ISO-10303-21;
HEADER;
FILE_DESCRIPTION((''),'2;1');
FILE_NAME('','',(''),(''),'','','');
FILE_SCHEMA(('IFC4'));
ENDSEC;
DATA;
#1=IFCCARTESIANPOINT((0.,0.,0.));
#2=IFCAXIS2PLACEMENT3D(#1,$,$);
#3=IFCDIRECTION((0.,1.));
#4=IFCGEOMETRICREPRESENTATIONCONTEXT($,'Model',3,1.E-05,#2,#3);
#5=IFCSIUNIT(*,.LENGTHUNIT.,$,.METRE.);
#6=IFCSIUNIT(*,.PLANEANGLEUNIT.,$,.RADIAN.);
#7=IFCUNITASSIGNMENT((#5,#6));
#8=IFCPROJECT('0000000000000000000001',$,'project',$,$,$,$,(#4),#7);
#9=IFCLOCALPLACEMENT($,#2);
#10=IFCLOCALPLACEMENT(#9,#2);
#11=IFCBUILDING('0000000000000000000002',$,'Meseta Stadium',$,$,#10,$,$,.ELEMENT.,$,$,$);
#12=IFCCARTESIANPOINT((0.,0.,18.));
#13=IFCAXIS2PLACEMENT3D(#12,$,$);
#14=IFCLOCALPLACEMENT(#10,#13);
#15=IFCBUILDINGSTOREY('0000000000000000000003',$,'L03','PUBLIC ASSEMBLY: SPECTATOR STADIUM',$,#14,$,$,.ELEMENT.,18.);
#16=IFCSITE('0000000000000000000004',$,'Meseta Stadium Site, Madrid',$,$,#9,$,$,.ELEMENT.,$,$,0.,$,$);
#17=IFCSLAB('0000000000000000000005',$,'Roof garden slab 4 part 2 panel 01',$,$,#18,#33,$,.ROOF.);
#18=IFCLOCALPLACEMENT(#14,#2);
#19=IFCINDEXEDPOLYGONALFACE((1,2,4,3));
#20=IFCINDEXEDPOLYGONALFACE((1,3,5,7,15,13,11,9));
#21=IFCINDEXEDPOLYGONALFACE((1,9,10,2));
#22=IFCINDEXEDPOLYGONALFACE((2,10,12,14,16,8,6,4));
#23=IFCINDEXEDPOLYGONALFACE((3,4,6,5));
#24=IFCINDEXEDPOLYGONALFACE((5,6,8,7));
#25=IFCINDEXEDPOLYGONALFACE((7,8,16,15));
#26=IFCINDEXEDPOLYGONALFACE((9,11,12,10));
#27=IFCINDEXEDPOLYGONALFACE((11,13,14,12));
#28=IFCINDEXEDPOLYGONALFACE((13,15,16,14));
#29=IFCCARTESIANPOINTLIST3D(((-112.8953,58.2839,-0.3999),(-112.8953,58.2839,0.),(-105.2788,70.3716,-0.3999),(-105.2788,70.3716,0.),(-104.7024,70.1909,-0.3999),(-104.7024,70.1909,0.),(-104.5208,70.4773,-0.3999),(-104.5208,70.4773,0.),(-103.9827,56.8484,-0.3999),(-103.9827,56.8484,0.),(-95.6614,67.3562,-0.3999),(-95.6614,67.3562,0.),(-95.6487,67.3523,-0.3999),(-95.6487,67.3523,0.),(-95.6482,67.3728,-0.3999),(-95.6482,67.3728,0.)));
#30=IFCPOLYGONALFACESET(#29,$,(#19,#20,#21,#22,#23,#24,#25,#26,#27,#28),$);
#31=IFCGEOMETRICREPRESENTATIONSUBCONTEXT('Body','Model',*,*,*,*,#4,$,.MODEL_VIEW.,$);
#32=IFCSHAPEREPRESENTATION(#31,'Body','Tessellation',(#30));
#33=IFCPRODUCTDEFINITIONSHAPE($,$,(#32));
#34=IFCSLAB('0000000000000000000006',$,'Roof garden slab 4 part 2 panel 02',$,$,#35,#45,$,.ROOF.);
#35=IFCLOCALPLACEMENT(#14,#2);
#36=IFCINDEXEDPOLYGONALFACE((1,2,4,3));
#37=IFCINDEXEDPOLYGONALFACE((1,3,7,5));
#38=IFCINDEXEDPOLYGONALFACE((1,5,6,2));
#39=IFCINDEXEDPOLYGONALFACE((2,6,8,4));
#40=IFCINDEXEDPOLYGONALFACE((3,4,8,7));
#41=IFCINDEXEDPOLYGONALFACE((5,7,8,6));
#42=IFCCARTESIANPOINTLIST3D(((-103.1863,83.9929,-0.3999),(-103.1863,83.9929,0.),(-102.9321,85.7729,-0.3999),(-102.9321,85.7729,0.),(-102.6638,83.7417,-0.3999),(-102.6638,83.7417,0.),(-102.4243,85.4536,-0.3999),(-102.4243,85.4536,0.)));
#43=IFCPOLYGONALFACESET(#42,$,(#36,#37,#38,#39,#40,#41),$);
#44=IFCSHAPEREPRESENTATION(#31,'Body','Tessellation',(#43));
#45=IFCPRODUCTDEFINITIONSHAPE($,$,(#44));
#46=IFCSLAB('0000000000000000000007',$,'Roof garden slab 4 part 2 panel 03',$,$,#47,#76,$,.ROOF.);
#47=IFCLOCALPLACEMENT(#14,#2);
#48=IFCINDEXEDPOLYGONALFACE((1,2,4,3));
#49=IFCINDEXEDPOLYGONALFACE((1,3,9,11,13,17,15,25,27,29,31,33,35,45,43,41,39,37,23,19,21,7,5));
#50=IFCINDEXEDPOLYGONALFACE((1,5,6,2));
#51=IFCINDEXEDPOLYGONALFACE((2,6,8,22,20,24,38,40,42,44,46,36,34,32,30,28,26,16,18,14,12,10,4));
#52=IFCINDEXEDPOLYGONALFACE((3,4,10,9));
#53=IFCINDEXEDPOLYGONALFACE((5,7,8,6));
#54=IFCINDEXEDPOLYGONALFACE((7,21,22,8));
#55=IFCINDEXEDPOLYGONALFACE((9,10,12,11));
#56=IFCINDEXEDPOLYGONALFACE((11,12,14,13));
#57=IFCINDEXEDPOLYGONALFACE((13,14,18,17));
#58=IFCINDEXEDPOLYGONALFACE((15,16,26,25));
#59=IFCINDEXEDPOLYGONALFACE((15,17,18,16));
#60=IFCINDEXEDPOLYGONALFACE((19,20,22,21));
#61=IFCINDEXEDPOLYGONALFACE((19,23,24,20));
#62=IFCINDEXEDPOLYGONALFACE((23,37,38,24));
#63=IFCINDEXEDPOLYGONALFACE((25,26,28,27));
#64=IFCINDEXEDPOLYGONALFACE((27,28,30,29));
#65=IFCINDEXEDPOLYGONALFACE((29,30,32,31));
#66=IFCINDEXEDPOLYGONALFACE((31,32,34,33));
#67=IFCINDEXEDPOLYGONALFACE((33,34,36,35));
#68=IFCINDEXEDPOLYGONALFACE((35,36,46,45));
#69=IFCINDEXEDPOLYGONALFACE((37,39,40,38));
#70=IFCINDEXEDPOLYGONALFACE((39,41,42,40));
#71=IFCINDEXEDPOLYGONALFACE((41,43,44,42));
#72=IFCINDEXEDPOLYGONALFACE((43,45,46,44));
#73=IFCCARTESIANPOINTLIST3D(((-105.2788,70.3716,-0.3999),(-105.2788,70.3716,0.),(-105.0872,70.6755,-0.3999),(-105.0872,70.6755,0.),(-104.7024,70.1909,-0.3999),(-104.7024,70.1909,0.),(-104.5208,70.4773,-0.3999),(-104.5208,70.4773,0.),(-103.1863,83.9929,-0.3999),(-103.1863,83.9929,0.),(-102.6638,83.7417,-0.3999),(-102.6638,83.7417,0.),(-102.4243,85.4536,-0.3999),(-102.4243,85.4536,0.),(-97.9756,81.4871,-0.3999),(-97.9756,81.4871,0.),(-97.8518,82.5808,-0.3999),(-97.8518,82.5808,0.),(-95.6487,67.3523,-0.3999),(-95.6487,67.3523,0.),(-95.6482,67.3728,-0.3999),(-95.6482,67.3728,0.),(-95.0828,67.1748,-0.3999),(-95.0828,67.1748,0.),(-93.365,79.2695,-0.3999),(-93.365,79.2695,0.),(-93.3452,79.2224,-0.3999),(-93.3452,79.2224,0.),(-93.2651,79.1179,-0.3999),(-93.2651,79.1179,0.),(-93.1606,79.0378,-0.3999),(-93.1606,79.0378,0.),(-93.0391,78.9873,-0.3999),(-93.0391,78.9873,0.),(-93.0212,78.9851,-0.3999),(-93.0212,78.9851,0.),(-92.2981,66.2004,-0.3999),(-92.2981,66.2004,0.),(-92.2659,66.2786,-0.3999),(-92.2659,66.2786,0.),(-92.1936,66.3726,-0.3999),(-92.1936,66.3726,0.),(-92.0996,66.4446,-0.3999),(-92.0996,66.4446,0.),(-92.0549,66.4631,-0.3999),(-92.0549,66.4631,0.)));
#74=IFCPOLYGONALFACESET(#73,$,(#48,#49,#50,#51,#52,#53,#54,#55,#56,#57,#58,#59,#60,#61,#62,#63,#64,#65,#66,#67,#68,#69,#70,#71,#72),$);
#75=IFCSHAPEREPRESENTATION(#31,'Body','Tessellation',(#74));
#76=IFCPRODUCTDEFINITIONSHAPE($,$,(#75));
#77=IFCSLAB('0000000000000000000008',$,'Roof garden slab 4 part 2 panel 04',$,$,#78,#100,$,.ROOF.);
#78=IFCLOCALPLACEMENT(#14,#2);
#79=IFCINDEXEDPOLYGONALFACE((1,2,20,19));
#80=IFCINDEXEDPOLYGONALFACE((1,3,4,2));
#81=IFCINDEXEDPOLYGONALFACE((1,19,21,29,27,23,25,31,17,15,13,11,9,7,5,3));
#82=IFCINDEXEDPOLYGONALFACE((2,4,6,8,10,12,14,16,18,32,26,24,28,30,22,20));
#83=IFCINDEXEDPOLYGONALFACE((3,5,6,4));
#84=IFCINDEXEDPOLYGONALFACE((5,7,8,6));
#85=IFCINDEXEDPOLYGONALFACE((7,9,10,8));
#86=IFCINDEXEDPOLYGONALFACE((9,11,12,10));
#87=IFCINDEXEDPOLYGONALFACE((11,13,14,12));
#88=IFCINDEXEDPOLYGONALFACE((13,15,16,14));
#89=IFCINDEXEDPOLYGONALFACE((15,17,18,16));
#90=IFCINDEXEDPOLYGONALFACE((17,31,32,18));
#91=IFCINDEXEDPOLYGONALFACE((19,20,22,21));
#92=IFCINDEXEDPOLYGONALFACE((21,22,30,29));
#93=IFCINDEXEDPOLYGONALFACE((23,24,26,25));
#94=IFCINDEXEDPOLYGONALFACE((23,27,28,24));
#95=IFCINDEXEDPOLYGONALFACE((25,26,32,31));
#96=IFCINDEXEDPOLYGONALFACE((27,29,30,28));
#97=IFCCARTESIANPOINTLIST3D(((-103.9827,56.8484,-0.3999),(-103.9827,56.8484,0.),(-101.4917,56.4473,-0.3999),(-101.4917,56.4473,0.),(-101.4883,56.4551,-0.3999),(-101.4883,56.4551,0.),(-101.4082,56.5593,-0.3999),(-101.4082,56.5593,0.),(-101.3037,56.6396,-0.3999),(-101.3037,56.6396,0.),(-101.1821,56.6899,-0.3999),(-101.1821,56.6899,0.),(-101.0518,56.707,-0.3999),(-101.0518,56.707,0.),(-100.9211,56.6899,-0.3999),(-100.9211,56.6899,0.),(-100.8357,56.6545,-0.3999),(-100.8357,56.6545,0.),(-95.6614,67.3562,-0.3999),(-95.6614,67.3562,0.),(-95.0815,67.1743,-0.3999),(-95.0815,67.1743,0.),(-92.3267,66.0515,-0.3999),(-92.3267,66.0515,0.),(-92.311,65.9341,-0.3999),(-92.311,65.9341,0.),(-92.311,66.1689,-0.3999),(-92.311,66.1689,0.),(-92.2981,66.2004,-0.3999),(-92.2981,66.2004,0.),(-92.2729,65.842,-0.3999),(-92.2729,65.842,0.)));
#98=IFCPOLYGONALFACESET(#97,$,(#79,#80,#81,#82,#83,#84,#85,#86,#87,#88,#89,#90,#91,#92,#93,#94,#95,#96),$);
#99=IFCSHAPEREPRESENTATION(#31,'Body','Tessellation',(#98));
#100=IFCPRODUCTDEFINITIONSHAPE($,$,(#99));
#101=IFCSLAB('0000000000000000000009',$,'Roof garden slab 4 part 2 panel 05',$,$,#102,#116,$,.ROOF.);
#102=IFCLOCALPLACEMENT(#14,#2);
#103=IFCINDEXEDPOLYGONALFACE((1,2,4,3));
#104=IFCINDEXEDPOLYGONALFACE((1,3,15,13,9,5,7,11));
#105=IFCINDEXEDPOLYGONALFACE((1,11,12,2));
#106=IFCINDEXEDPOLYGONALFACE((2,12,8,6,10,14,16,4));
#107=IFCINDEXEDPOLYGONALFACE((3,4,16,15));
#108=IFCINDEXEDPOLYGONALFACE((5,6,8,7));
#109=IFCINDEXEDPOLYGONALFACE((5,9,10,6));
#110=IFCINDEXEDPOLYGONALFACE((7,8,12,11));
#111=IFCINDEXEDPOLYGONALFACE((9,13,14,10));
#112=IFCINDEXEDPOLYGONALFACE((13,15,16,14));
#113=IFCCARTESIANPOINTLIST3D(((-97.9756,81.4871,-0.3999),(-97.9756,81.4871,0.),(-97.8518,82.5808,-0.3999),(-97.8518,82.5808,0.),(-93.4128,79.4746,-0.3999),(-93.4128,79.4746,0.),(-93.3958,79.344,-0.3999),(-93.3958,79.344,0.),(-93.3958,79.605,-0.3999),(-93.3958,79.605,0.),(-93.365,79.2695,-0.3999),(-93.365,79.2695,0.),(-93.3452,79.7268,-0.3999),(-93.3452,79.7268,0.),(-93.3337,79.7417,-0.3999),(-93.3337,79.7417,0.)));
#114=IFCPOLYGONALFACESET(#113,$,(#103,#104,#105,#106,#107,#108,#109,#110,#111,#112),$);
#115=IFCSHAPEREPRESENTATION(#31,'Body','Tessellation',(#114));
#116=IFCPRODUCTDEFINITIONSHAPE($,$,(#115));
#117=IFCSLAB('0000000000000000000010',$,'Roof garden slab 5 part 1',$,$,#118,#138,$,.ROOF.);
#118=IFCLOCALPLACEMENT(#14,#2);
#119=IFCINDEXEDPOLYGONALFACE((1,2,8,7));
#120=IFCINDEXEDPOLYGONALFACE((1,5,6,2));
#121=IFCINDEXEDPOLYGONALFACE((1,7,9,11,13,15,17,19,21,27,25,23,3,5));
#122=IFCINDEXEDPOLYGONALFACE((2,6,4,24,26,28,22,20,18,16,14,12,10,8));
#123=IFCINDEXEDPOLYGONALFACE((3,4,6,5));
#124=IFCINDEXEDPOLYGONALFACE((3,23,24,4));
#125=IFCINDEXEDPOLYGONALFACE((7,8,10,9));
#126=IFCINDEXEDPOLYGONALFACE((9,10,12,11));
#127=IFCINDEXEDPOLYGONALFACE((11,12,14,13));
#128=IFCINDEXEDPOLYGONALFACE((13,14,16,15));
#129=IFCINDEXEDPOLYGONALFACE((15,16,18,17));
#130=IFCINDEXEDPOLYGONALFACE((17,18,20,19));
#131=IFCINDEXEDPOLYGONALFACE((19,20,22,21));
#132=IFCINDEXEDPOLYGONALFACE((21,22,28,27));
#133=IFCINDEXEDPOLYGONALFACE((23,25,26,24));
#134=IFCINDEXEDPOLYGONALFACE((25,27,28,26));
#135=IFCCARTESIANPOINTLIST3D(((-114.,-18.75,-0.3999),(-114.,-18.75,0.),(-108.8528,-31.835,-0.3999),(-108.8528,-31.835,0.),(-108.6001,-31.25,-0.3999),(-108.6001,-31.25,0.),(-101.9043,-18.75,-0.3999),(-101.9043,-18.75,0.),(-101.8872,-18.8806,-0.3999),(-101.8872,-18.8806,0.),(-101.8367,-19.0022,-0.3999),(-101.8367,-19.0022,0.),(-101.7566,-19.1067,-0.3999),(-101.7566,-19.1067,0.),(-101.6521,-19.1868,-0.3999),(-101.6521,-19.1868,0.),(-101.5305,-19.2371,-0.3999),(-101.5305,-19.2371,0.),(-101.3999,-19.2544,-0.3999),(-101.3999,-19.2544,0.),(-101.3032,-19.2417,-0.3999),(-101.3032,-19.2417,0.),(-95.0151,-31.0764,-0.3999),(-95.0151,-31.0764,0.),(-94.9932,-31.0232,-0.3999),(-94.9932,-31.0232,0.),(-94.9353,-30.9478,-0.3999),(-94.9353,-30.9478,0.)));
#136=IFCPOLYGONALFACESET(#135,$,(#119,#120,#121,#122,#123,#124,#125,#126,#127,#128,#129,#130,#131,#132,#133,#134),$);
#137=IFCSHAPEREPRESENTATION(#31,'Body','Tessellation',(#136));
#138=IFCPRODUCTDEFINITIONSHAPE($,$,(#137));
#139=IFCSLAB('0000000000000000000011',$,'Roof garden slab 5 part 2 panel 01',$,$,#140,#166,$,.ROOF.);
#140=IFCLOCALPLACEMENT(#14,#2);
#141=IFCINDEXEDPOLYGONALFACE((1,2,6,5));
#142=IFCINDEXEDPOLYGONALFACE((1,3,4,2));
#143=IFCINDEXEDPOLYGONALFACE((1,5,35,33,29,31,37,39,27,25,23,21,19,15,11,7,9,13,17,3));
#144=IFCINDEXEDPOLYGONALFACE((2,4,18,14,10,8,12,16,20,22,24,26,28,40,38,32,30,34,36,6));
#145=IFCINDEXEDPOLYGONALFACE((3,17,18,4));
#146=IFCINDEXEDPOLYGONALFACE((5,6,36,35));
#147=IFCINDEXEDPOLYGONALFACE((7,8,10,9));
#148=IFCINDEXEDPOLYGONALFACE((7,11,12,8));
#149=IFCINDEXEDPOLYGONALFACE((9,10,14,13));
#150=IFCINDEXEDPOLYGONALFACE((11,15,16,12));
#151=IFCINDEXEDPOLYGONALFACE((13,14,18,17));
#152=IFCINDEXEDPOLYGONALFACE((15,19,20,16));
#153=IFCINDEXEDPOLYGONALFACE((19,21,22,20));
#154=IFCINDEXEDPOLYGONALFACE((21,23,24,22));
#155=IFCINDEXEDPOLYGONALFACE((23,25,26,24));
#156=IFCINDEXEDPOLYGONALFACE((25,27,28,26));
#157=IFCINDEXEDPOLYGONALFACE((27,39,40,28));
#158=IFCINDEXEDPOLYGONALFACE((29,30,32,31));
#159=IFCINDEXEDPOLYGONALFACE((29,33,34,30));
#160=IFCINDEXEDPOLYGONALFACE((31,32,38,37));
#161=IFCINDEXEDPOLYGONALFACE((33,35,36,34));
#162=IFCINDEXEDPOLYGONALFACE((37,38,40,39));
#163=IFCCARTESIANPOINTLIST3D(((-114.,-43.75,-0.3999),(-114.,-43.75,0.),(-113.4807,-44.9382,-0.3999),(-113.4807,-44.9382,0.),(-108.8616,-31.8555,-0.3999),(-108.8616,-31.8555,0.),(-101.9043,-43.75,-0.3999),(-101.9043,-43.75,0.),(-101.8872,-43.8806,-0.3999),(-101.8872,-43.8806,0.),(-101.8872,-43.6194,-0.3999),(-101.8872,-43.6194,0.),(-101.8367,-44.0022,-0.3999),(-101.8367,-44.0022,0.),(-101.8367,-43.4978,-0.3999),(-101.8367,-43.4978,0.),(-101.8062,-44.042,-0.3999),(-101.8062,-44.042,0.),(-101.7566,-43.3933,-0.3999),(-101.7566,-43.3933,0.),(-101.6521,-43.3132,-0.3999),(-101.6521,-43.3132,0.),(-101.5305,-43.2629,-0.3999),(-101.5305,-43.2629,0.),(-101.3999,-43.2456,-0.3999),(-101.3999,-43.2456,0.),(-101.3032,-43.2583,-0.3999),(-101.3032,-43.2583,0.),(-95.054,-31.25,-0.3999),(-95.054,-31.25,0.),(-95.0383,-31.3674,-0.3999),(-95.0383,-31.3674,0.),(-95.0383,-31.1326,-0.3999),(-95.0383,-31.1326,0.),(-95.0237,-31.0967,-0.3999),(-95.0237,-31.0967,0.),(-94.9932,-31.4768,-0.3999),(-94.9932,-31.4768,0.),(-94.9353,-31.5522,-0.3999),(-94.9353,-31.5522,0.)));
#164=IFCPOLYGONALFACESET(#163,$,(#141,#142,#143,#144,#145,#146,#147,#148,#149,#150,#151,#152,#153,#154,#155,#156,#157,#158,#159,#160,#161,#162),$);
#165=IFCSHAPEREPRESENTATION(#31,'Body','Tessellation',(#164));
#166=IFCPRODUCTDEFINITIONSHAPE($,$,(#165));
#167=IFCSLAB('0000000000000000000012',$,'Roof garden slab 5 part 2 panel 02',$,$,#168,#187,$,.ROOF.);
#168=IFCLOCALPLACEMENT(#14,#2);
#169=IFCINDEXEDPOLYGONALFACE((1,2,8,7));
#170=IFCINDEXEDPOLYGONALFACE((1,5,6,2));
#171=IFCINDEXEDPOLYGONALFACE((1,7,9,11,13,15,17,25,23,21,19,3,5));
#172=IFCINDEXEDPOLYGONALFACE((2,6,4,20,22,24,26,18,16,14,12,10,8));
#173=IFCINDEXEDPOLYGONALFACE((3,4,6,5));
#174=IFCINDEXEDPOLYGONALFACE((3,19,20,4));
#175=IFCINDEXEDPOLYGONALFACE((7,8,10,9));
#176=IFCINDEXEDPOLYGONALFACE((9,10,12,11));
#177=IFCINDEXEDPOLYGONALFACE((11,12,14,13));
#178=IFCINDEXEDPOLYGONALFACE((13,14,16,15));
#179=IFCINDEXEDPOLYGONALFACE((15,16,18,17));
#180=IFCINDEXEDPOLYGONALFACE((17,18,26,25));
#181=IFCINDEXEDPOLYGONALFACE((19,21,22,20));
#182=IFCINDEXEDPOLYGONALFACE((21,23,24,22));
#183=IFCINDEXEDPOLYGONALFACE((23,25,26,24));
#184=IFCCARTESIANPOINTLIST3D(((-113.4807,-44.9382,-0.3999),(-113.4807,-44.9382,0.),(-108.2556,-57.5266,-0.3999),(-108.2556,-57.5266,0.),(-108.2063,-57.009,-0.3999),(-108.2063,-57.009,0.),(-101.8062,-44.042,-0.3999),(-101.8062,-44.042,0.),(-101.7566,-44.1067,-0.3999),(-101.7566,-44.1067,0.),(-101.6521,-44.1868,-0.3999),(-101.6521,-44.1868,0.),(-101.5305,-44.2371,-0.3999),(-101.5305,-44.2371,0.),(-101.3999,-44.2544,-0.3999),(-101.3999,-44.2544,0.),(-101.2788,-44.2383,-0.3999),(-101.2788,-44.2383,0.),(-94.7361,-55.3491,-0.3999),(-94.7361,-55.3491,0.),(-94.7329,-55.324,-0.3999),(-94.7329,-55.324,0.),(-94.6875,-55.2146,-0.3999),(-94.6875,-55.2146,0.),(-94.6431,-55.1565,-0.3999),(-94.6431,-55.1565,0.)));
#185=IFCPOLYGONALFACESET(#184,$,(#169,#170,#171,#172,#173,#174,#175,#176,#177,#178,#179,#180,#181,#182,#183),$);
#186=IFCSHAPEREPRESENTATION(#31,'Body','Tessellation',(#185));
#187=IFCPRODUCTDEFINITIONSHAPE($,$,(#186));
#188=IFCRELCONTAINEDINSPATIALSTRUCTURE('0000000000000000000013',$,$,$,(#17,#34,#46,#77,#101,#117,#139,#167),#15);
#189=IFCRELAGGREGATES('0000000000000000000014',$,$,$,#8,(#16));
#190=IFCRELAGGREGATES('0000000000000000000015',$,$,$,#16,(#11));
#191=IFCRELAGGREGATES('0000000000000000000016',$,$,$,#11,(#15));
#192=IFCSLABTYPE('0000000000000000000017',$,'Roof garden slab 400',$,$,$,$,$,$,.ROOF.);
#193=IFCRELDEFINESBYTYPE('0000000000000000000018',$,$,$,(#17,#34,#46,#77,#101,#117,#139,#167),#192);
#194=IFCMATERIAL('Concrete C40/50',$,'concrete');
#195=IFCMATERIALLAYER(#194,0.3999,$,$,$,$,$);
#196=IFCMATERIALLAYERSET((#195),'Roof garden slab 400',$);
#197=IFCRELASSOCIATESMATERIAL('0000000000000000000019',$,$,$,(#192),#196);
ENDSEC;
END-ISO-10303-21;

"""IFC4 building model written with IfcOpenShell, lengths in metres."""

from ifc_helpers import new_model, si_unit, direction, frame, origin, place, context, subcontext, project, spatial, polyline, outline, extrude, material, layer, layer_set, type_object, element, save


model = new_model("IFC4")

# Units and contexts
model_context = context("Model", 3, precision=1e-05, world=origin(), true_north=direction((0.0, 1.0)))
body_context = subcontext(model_context, "Body", "Model", "MODEL_VIEW")
ifc_project = project(units=[si_unit("LENGTHUNIT", "METRE"), si_unit("PLANEANGLEUNIT", "RADIAN")], contexts=[model_context])

# Site, building, storey
site_placement = place(None, origin())
site = spatial("IfcSite", under=ifc_project, at=site_placement, Name="Meseta Stadium Site, Madrid", CompositionType="ELEMENT", RefElevation=0.0)
building_placement = place(site_placement, origin())
building = spatial("IfcBuilding", under=site, at=building_placement, Name="Meseta Stadium", CompositionType="ELEMENT")
storey_placement = place(building_placement, frame((0.0, 0.0, 18.0)))
storey = spatial("IfcBuildingStorey", under=building, at=storey_placement, Name="L03", Description="PUBLIC ASSEMBLY: SPECTATOR STADIUM", CompositionType="ELEMENT", Elevation=18.0)

# Slabs
ifc_material_1 = material(Name="Concrete C40/50", Category="concrete")
ifc_layer_1 = layer(ifc_material_1, 0.3999)
ifc_layer_set_1 = layer_set([ifc_layer_1], Name="Roof garden slab 400")
slab_type_1 = type_object("IfcSlabType", Name="Roof garden slab 400", PredefinedType="ROOF", material=ifc_layer_set_1)
slab_1_placement = place(storey_placement, frame((0.0, 0.0, -0.3999)))
element("IfcSlab", 1, at=slab_1_placement, inside=storey, type_object=slab_type_1, Name="Roof garden slab 4 part 2 panel 01", PredefinedType="ROOF", context=body_context, shape_type="SweptSolid", body=[
    extrude(outline(polyline([(-103.9827, 56.8484), (-95.6614, 67.3562), (-95.6487, 67.3523), (-95.6482, 67.3728), (-104.5208, 70.4773), (-104.7024, 70.1909), (-105.2788, 70.3716), (-112.8953, 58.2839), (-103.9827, 56.8484)])), origin(), (0.0, 0.0, 1.0), 0.3999),
])
slab_2_placement = place(storey_placement, frame((0.0, 0.0, -0.3999)))
element("IfcSlab", 2, at=slab_2_placement, inside=storey, type_object=slab_type_1, Name="Roof garden slab 4 part 2 panel 02", PredefinedType="ROOF", context=body_context, shape_type="SweptSolid", body=[
    extrude(outline(polyline([(-102.4243, 85.4536), (-102.9321, 85.7729), (-103.1863, 83.9929), (-102.6638, 83.7417), (-102.4243, 85.4536)])), origin(), (0.0, 0.0, 1.0), 0.3999),
])
slab_3_placement = place(storey_placement, frame((0.0, 0.0, -0.3999)))
element("IfcSlab", 3, at=slab_3_placement, inside=storey, type_object=slab_type_1, Name="Roof garden slab 4 part 2 panel 03", PredefinedType="ROOF", context=body_context, shape_type="SweptSolid", body=[
    extrude(outline(polyline([(-92.0549, 66.4631), (-93.0212, 78.9851), (-93.0391, 78.9873), (-93.1606, 79.0378), (-93.2651, 79.1179), (-93.3452, 79.2224), (-93.365, 79.2695), (-97.9756, 81.4871), (-97.8518, 82.5808), (-102.4243, 85.4536), (-102.6638, 83.7417), (-103.1863, 83.9929), (-105.0872, 70.6755), (-105.2788, 70.3716), (-104.7024, 70.1909), (-104.5208, 70.4773), (-95.6482, 67.3728), (-95.6487, 67.3523), (-95.0828, 67.1748), (-92.2981, 66.2004), (-92.2659, 66.2786), (-92.1936, 66.3726), (-92.0996, 66.4446), (-92.0549, 66.4631)])), origin(), (0.0, 0.0, 1.0), 0.3999),
])
slab_4_placement = place(storey_placement, frame((0.0, 0.0, -0.3999)))
element("IfcSlab", 4, at=slab_4_placement, inside=storey, type_object=slab_type_1, Name="Roof garden slab 4 part 2 panel 04", PredefinedType="ROOF", context=body_context, shape_type="SweptSolid", body=[
    extrude(outline(polyline([(-92.3267, 66.0515), (-92.311, 66.1689), (-92.2981, 66.2004), (-95.0815, 67.1743), (-95.6614, 67.3562), (-103.9827, 56.8484), (-101.4917, 56.4473), (-101.4883, 56.4551), (-101.4082, 56.5593), (-101.3037, 56.6396), (-101.1821, 56.6899), (-101.0518, 56.707), (-100.9211, 56.6899), (-100.8357, 56.6545), (-92.2729, 65.842), (-92.311, 65.9341), (-92.3267, 66.0515)])), origin(), (0.0, 0.0, 1.0), 0.3999),
])
slab_5_placement = place(storey_placement, frame((0.0, 0.0, -0.3999)))
element("IfcSlab", 5, at=slab_5_placement, inside=storey, type_object=slab_type_1, Name="Roof garden slab 4 part 2 panel 05", PredefinedType="ROOF", context=body_context, shape_type="SweptSolid", body=[
    extrude(outline(polyline([(-93.3337, 79.7417), (-97.8518, 82.5808), (-97.9756, 81.4871), (-93.365, 79.2695), (-93.3958, 79.344), (-93.4128, 79.4746), (-93.3958, 79.605), (-93.3452, 79.7268), (-93.3337, 79.7417)])), origin(), (0.0, 0.0, 1.0), 0.3999),
])
slab_6_placement = place(storey_placement, frame((0.0, 0.0, -0.3999)))
element("IfcSlab", 6, at=slab_6_placement, inside=storey, type_object=slab_type_1, Name="Roof garden slab 5 part 1", PredefinedType="ROOF", context=body_context, shape_type="SweptSolid", body=[
    extrude(outline(polyline([(-108.6001, -31.25), (-108.8528, -31.835), (-95.0151, -31.0764), (-94.9932, -31.0232), (-94.9353, -30.9478), (-101.3032, -19.2417), (-101.3999, -19.2544), (-101.5305, -19.2371), (-101.6521, -19.1868), (-101.7566, -19.1067), (-101.8367, -19.0022), (-101.8872, -18.8806), (-101.9043, -18.75), (-114.0, -18.75), (-108.6001, -31.25)])), origin(), (0.0, 0.0, 1.0), 0.3999),
])
slab_7_placement = place(storey_placement, frame((0.0, 0.0, -0.3999)))
element("IfcSlab", 7, at=slab_7_placement, inside=storey, type_object=slab_type_1, Name="Roof garden slab 5 part 2 panel 01", PredefinedType="ROOF", context=body_context, shape_type="SweptSolid", body=[
    extrude(outline(polyline([(-114.0, -43.75), (-113.4807, -44.9382), (-101.8062, -44.042), (-101.8367, -44.0022), (-101.8872, -43.8806), (-101.9043, -43.75), (-101.8872, -43.6194), (-101.8367, -43.4978), (-101.7566, -43.3933), (-101.6521, -43.3132), (-101.5305, -43.2629), (-101.3999, -43.2456), (-101.3032, -43.2583), (-94.9353, -31.5522), (-94.9932, -31.4768), (-95.0383, -31.3674), (-95.054, -31.25), (-95.0383, -31.1326), (-95.0237, -31.0967), (-108.8616, -31.8555), (-114.0, -43.75)])), origin(), (0.0, 0.0, 1.0), 0.3999),
])
slab_8_placement = place(storey_placement, frame((0.0, 0.0, -0.3999)))
element("IfcSlab", 8, at=slab_8_placement, inside=storey, type_object=slab_type_1, Name="Roof garden slab 5 part 2 panel 02", PredefinedType="ROOF", context=body_context, shape_type="SweptSolid", body=[
    extrude(outline(polyline([(-108.2556, -57.5266), (-94.7361, -55.3491), (-94.7329, -55.324), (-94.6875, -55.2146), (-94.6431, -55.1565), (-101.2788, -44.2383), (-101.3999, -44.2544), (-101.5305, -44.2371), (-101.6521, -44.1868), (-101.7566, -44.1067), (-101.8062, -44.042), (-113.4807, -44.9382), (-108.2063, -57.009), (-108.2556, -57.5266)])), origin(), (0.0, 0.0, 1.0), 0.3999),
])

save(model, "model.ifc")
